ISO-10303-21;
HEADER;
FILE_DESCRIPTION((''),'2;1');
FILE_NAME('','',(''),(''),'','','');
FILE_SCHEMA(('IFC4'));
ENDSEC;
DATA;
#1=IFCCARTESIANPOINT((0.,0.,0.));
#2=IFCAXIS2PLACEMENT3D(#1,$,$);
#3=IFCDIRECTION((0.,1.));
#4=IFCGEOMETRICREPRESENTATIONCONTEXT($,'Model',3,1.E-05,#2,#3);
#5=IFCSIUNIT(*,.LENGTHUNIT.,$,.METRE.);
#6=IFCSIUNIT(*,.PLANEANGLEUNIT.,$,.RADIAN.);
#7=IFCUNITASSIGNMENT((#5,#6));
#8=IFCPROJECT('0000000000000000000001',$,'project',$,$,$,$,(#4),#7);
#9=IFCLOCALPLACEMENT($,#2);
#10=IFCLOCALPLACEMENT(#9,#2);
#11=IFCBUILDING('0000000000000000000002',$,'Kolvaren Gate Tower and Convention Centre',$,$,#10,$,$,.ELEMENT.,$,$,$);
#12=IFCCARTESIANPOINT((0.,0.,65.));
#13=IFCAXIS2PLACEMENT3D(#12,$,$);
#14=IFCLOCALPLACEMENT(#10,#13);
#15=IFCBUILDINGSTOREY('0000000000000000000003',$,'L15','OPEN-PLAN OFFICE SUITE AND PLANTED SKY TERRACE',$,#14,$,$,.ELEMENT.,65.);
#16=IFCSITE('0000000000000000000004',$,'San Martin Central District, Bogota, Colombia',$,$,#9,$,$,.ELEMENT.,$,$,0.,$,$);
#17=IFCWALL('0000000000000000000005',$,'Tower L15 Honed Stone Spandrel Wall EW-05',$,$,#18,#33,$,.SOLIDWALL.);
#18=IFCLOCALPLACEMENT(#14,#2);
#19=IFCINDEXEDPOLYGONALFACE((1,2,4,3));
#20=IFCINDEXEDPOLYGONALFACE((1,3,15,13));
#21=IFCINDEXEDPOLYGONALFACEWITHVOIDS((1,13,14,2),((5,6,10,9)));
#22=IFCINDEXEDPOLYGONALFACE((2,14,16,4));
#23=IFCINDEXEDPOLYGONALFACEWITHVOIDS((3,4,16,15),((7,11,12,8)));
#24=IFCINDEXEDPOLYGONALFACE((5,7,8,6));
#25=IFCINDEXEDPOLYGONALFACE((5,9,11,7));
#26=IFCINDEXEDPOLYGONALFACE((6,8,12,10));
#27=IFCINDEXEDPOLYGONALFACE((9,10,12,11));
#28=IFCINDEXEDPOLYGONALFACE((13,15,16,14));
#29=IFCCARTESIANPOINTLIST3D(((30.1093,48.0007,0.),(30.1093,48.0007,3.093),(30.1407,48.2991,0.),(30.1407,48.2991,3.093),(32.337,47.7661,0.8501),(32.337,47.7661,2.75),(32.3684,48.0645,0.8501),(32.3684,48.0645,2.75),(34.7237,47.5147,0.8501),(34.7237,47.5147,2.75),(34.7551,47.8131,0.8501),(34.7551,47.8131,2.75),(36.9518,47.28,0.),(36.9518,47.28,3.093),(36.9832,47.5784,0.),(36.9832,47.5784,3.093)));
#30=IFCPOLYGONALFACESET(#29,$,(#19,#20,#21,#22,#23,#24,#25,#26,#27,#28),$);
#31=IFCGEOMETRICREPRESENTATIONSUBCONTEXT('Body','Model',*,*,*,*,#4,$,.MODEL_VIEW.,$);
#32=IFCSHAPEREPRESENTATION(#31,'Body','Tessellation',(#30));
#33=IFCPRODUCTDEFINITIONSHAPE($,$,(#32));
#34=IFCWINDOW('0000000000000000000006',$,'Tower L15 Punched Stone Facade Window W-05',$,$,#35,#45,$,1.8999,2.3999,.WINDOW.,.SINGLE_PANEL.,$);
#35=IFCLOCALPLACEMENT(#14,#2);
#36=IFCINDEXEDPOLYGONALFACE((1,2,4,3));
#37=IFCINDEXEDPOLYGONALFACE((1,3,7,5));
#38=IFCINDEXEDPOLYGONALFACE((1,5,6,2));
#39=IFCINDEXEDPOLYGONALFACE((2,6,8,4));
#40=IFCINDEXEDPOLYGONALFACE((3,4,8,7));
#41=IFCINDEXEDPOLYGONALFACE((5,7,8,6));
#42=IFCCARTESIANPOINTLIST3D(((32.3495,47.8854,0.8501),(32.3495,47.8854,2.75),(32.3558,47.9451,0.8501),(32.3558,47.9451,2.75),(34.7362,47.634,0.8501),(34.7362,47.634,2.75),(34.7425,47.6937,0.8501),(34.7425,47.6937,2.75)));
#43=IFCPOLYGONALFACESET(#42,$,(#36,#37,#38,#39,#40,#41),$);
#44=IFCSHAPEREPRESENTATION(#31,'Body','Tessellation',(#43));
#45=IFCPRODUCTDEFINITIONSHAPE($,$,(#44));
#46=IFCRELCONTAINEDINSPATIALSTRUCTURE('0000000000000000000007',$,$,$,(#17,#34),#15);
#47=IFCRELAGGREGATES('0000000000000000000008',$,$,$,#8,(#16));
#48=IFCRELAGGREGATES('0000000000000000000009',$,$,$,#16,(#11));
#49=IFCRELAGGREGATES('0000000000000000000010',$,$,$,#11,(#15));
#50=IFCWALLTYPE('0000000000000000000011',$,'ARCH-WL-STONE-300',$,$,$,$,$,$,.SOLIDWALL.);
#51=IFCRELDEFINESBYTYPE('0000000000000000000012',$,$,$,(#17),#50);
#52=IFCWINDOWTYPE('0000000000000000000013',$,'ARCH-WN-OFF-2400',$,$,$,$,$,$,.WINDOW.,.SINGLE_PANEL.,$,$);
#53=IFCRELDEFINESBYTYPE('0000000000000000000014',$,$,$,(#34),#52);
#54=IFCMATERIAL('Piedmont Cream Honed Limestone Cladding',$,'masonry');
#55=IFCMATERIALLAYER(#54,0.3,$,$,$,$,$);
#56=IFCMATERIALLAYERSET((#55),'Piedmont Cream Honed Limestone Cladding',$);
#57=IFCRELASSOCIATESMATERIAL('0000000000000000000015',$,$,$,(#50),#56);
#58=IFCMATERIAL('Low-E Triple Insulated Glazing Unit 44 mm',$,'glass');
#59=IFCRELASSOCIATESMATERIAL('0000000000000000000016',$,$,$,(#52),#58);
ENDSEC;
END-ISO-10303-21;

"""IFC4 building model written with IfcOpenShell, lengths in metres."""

from ifc_helpers import new_model, si_unit, direction, frame, frame_2d, origin, place, context, subcontext, project, spatial, rectangle, extrude, material, layer, layer_set, type_object, element, fill, save


model = new_model("IFC4")

# Units and contexts
model_context = context("Model", 3, precision=1e-05, world=origin(), true_north=direction((0.0, 1.0)))
body_context = subcontext(model_context, "Body", "Model", "MODEL_VIEW")
ifc_project = project(units=[si_unit("LENGTHUNIT", "METRE"), si_unit("PLANEANGLEUNIT", "RADIAN")], contexts=[model_context])

# Site, building, storey
site_placement = place(None, origin())
site = spatial("IfcSite", under=ifc_project, at=site_placement, Name="San Martin Central District, Bogota, Colombia", CompositionType="ELEMENT", RefElevation=0.0)
building_placement = place(site_placement, origin())
building = spatial("IfcBuilding", under=site, at=building_placement, Name="Kolvaren Gate Tower and Convention Centre", CompositionType="ELEMENT")
storey_placement = place(building_placement, frame((0.0, 0.0, 65.0)))
storey = spatial("IfcBuildingStorey", under=building, at=storey_placement, Name="L15", Description="OPEN-PLAN OFFICE SUITE AND PLANTED SKY TERRACE", CompositionType="ELEMENT", Elevation=65.0)

# Wall, opening, window
ifc_material_1 = material(Name="Piedmont Cream Honed Limestone Cladding", Category="masonry")
ifc_layer_1 = layer(ifc_material_1, 0.3)
ifc_layer_set_1 = layer_set([ifc_layer_1], Name="Piedmont Cream Honed Limestone Cladding")
wall_type_1 = type_object("IfcWallType", Name="ARCH-WL-STONE-300", PredefinedType="SOLIDWALL", material=ifc_layer_set_1)
ifc_material_2 = material(Name="Low-E Triple Insulated Glazing Unit 44 mm", Category="glass")
window_type = type_object("IfcWindowType", Name="ARCH-WN-OFF-2400", PartitioningType="SINGLE_PANEL", PredefinedType="WINDOW", material=ifc_material_2)
wall_1_placement = place(storey_placement, frame((30.125, 48.1499, 0.0), z_axis=(0.0, 0.0, 1.0), x_axis=(0.994499, -0.104748, 0.0)))
wall_1 = element("IfcWall", 1, at=wall_1_placement, inside=storey, type_object=wall_type_1, Name="Tower L15 Honed Stone Spandrel Wall EW-05", PredefinedType="SOLIDWALL", context=body_context, shape_type="SweptSolid", body=[
    extrude(rectangle(XDim=6.8804, YDim=0.3, at=frame_2d((3.4402, 0.0))), origin(), (0.0, 0.0, 1.0), 3.093),
])
opening_1_placement = place(wall_1_placement, frame((2.24, 0.0, 0.8501)))
opening_1 = element("IfcOpeningElement", 2, at=opening_1_placement, cuts=wall_1, PredefinedType="OPENING", context=body_context, shape_type="SweptSolid", body=[
    extrude(rectangle(XDim=2.3999, YDim=1.8999, at=frame_2d((1.2, 0.95))), frame((0.0, 0.1599, 0.0), z_axis=(0.0, -1.0, 0.0), x_axis=(1.0, 0.0, 0.0)), (0.0, 0.0, 1.0), 0.3201),
])
window_1_placement = place(opening_1_placement, origin())
window_1 = element("IfcWindow", 3, at=window_1_placement, inside=storey, type_object=window_type, Name="Tower L15 Punched Stone Facade Window W-05", OverallHeight=1.8999, OverallWidth=2.3999, PartitioningType="SINGLE_PANEL", PredefinedType="WINDOW", context=body_context, shape_type="SweptSolid", body=[
    extrude(rectangle(XDim=2.3999, YDim=1.8999, at=frame_2d((1.2, 0.95))), frame((0.0, 0.03, 0.0), z_axis=(0.0, -1.0, 0.0), x_axis=(1.0, 0.0, 0.0)), (0.0, 0.0, 1.0), 0.0601),
])
fill(opening_1, window_1)

save(model, "model.ifc")
